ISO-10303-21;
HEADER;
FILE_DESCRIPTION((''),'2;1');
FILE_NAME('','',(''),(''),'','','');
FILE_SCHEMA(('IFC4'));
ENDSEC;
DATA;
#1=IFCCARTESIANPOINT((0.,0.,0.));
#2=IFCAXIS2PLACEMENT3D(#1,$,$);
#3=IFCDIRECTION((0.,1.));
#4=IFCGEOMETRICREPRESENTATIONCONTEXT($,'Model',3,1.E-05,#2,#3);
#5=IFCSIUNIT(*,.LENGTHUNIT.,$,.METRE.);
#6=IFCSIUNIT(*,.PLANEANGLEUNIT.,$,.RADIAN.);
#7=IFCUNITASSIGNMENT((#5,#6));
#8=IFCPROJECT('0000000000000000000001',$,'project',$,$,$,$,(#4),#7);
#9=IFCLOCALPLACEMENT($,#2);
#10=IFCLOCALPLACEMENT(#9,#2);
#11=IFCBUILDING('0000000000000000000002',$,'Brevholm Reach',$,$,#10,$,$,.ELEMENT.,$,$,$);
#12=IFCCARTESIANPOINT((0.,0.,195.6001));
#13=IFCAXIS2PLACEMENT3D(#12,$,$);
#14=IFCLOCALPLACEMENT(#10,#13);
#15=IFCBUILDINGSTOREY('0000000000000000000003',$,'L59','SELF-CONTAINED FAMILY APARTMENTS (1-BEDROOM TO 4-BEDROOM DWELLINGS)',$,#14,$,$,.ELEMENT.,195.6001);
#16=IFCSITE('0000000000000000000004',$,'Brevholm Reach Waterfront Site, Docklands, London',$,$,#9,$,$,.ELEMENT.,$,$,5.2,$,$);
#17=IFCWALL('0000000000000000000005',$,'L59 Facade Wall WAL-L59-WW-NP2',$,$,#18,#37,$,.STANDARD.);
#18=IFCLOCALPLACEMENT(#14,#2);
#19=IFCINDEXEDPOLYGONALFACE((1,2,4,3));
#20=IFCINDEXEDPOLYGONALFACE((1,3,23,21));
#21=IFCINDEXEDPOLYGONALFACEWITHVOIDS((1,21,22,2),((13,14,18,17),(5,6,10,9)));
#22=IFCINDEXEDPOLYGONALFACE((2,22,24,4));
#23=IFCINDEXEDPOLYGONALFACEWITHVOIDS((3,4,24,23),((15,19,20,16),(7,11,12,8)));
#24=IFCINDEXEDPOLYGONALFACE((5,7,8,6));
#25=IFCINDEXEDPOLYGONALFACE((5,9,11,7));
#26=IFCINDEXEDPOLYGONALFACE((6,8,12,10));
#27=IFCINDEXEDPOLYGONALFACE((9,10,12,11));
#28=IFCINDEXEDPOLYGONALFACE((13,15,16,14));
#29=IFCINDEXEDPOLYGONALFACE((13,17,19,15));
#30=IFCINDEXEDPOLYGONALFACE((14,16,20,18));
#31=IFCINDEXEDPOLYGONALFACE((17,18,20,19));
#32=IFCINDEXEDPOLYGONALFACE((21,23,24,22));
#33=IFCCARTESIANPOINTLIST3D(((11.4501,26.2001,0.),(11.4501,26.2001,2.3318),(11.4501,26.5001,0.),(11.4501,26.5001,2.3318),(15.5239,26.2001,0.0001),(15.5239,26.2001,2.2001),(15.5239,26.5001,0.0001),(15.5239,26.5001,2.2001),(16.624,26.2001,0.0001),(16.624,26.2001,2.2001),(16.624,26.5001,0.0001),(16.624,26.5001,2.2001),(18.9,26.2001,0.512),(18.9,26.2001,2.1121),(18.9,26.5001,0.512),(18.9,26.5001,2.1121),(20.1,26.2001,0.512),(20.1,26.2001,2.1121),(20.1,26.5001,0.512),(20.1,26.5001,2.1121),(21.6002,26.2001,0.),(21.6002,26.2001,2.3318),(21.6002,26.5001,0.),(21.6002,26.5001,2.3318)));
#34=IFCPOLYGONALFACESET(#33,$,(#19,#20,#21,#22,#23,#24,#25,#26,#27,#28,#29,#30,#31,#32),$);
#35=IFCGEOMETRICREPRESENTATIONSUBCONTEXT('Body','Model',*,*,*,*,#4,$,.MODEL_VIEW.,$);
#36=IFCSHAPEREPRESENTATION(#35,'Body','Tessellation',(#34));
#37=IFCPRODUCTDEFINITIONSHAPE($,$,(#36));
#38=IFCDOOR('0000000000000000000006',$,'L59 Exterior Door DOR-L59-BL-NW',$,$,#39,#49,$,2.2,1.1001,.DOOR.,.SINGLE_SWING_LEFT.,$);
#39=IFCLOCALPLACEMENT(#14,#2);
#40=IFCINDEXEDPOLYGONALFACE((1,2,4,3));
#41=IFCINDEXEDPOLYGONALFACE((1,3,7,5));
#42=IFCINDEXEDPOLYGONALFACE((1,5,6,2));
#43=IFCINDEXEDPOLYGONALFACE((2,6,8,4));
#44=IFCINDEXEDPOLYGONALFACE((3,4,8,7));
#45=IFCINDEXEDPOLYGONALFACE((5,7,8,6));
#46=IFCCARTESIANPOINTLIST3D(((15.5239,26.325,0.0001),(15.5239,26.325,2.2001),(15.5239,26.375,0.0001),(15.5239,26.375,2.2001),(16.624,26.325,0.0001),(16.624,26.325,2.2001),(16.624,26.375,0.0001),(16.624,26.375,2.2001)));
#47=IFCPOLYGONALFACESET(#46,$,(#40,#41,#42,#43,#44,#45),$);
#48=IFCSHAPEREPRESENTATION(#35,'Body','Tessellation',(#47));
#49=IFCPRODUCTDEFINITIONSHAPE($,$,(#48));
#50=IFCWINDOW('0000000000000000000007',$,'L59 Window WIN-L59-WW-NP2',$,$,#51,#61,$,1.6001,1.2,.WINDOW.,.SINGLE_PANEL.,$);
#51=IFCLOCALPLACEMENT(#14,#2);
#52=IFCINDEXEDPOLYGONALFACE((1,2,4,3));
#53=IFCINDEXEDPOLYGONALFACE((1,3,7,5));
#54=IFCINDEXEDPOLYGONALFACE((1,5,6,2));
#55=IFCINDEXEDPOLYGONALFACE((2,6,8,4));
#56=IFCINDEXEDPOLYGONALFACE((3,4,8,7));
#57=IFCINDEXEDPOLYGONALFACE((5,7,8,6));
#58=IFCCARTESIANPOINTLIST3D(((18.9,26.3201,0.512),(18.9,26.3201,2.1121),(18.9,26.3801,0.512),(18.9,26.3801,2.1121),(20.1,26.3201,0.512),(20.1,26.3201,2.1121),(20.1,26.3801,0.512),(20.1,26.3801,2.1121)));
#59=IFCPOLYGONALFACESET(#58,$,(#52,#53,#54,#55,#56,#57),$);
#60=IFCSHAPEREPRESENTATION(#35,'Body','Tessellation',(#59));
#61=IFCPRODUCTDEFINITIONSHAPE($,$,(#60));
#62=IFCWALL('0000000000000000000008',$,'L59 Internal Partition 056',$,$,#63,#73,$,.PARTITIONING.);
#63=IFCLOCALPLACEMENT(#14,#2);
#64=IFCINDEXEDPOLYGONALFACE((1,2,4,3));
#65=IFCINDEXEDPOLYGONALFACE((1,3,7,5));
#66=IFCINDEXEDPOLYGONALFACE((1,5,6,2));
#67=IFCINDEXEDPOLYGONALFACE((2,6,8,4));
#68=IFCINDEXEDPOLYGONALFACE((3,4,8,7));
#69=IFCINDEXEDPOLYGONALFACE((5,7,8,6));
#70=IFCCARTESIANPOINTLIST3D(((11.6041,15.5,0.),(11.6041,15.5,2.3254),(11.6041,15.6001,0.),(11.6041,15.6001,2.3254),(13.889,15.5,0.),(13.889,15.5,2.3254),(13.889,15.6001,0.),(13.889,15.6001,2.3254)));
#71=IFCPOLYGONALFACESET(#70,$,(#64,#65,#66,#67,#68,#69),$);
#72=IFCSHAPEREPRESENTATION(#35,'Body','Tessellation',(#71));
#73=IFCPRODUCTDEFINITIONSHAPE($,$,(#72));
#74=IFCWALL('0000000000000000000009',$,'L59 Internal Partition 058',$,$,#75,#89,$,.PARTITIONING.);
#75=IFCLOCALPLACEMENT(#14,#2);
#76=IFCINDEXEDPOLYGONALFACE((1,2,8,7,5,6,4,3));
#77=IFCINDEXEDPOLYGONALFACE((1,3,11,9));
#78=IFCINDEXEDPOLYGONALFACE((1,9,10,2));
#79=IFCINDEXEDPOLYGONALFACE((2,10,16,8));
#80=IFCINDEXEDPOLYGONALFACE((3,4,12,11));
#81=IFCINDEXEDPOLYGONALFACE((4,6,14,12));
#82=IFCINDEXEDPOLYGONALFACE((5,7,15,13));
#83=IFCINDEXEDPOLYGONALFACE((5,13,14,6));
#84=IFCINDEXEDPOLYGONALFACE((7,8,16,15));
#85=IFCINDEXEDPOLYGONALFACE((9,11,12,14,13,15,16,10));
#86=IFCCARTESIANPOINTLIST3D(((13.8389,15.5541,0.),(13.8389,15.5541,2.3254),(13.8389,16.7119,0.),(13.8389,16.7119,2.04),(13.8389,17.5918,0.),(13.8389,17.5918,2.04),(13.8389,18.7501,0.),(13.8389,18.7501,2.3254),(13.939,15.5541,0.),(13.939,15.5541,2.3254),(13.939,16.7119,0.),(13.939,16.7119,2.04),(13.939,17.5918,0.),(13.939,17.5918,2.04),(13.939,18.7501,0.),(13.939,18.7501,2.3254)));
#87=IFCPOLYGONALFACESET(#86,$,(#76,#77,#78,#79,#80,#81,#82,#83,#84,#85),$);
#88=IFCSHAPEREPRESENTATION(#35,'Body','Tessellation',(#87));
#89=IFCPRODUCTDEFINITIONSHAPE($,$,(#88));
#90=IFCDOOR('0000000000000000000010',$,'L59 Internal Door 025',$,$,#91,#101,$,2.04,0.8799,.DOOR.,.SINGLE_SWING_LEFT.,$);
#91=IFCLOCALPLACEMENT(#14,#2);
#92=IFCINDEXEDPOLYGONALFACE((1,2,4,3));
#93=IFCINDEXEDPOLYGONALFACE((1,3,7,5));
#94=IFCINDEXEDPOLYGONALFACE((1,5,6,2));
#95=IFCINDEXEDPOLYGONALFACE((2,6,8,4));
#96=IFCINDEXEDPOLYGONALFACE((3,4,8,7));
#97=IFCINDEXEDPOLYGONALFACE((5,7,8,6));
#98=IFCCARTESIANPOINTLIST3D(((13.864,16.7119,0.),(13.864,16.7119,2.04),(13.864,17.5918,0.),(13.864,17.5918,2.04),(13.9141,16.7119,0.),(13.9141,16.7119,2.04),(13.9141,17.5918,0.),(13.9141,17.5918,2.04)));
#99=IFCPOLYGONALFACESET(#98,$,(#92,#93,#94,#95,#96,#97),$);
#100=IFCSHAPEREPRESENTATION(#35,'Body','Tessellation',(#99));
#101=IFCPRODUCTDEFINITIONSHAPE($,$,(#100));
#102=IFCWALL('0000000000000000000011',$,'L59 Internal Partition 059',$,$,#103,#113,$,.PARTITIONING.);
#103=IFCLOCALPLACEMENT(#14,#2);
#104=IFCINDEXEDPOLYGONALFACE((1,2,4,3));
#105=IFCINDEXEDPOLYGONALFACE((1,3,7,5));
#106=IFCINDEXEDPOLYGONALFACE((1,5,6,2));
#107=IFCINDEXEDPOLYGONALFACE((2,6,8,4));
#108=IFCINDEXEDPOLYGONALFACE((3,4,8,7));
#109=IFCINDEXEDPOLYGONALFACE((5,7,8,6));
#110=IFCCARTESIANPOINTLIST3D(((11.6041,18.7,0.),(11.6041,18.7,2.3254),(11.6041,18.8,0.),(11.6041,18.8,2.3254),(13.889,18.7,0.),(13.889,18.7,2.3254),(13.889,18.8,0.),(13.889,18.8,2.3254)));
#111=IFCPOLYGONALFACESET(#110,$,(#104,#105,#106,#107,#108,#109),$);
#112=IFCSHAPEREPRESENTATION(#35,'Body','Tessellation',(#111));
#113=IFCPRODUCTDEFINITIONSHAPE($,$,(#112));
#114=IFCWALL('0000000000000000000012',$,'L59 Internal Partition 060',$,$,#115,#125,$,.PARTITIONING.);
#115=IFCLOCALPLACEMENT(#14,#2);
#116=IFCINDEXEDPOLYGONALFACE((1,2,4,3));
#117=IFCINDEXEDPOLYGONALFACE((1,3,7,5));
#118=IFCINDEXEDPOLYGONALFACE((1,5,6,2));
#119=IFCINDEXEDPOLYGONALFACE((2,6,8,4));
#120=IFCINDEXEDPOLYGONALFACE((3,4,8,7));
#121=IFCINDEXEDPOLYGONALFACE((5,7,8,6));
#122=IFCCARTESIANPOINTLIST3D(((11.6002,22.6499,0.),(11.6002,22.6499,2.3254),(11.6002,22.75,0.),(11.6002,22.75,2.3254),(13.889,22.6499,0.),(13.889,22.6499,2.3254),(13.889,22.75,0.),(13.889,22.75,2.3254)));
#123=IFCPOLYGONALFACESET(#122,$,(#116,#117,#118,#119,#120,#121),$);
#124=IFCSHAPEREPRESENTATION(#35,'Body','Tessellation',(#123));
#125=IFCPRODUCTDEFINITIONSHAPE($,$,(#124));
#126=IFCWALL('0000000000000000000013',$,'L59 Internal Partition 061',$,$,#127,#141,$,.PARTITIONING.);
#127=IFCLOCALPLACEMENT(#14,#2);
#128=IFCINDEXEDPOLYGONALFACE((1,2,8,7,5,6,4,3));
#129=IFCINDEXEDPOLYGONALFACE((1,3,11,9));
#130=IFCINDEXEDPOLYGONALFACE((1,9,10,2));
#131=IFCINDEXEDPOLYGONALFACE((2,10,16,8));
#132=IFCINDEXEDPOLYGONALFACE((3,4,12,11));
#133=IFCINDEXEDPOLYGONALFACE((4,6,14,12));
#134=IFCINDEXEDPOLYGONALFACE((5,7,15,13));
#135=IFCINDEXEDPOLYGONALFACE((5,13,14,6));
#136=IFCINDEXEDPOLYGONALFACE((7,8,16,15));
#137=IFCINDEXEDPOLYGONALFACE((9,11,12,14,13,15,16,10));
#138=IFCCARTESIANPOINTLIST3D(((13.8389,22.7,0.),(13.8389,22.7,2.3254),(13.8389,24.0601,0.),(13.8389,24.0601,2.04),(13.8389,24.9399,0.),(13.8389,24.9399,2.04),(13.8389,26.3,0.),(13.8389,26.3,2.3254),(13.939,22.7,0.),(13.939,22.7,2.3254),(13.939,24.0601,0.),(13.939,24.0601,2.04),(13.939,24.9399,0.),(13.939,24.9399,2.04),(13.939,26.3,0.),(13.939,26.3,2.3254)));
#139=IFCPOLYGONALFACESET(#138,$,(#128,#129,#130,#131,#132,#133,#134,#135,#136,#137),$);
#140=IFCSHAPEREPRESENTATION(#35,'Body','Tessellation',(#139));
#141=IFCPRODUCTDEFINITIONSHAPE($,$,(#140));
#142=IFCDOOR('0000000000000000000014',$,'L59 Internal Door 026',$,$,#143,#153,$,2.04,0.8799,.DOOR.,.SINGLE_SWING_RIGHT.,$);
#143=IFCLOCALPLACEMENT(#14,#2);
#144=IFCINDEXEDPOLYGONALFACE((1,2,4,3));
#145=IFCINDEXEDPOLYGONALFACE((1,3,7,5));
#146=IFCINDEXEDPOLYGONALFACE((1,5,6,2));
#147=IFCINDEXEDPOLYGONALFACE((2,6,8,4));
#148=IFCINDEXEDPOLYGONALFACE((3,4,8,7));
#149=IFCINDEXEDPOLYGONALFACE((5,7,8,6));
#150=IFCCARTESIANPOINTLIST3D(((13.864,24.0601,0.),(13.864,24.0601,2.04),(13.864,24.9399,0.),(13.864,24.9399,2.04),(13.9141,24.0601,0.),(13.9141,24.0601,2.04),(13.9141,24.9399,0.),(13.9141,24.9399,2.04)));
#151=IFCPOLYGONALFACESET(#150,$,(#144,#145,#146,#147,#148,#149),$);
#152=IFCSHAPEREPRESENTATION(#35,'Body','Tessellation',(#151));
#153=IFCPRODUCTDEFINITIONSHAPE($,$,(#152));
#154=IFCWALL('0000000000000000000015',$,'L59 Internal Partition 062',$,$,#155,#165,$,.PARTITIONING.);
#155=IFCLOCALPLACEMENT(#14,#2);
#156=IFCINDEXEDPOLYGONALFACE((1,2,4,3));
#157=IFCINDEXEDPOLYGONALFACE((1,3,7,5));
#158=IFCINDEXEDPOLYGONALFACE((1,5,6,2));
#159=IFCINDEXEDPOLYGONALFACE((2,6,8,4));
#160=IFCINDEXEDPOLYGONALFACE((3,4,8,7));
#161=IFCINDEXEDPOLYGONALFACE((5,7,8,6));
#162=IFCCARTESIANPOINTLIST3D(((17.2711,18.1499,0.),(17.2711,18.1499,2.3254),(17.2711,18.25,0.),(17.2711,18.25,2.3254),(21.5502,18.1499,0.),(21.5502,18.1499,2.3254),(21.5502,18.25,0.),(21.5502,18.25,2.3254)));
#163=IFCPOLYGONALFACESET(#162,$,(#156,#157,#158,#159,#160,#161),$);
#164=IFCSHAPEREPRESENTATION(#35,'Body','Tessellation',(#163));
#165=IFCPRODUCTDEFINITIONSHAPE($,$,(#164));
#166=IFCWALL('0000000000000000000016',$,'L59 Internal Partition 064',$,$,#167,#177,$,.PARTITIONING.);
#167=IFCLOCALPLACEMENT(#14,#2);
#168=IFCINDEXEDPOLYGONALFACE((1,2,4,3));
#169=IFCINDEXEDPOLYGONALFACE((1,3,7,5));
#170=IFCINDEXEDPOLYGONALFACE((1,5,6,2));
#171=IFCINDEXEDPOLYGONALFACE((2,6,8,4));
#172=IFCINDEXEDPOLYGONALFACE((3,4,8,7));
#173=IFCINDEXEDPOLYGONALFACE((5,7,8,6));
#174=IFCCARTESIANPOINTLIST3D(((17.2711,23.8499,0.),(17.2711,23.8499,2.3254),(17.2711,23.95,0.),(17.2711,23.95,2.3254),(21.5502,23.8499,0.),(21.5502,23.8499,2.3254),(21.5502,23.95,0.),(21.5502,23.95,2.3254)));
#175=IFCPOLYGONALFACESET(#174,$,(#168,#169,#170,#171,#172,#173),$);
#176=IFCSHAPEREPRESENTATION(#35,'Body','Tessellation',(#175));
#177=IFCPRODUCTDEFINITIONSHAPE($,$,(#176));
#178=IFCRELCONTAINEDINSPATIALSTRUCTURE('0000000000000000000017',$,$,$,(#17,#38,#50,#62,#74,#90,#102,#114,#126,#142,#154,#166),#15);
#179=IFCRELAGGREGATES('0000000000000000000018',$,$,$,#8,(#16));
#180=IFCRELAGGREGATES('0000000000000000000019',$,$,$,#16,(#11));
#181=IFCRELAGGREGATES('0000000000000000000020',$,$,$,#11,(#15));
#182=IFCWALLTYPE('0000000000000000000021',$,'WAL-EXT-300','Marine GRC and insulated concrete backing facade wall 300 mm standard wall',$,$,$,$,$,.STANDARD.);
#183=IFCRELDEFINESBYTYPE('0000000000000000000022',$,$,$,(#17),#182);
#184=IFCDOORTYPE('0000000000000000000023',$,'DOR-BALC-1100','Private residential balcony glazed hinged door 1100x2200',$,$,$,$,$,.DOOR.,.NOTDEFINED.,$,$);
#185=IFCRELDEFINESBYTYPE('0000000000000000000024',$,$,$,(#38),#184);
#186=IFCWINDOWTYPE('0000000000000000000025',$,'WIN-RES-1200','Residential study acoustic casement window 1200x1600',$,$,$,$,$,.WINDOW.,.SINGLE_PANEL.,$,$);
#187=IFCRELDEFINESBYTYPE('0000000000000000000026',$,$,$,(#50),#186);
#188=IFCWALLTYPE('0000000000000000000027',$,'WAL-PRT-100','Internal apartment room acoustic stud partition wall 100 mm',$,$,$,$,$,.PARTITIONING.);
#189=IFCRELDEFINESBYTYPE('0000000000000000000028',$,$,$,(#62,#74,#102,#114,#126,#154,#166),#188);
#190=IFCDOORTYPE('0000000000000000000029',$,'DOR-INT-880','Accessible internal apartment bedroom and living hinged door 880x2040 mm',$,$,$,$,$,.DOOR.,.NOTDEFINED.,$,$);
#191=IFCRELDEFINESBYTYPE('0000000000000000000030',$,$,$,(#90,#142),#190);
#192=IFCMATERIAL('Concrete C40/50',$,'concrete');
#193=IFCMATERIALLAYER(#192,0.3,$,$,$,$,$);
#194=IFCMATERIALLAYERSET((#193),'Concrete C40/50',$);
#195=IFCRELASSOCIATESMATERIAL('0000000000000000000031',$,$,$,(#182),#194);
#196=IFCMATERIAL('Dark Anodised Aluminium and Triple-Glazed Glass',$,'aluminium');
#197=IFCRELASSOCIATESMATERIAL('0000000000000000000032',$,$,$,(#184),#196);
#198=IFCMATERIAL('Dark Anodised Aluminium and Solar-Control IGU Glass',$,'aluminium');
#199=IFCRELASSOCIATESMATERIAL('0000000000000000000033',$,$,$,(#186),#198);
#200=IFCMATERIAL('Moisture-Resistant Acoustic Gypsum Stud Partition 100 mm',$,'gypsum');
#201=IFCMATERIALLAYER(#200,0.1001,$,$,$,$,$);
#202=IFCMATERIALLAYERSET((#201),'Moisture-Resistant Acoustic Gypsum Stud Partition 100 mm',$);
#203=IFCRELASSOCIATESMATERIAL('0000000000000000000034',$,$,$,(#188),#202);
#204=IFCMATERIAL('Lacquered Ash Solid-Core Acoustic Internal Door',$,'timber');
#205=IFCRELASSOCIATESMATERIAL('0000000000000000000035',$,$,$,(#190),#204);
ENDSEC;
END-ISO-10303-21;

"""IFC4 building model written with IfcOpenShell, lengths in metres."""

from ifc_helpers import new_model, si_unit, direction, frame, frame_2d, origin, place, context, subcontext, project, spatial, rectangle, extrude, material, layer, layer_set, type_object, element, fill, save


model = new_model("IFC4")

# Units and contexts
model_context = context("Model", 3, precision=1e-05, world=origin(), true_north=direction((0.0, 1.0)))
body_context = subcontext(model_context, "Body", "Model", "MODEL_VIEW")
ifc_project = project(units=[si_unit("LENGTHUNIT", "METRE"), si_unit("PLANEANGLEUNIT", "RADIAN")], contexts=[model_context])

# Site, building, storey
site_placement = place(None, origin())
site = spatial("IfcSite", under=ifc_project, at=site_placement, Name="Brevholm Reach Waterfront Site, Docklands, London", CompositionType="ELEMENT", RefElevation=5.2)
building_placement = place(site_placement, origin())
building = spatial("IfcBuilding", under=site, at=building_placement, Name="Brevholm Reach", CompositionType="ELEMENT")
storey_placement = place(building_placement, frame((0.0, 0.0, 195.6001)))
storey = spatial("IfcBuildingStorey", under=building, at=storey_placement, Name="L59", Description="SELF-CONTAINED FAMILY APARTMENTS (1-BEDROOM TO 4-BEDROOM DWELLINGS)", CompositionType="ELEMENT", Elevation=195.6001)

# Wall, openings, door, window
ifc_material_1 = material(Name="Concrete C40/50", Category="concrete")
ifc_layer_1 = layer(ifc_material_1, 0.3)
ifc_layer_set_1 = layer_set([ifc_layer_1], Name="Concrete C40/50")
wall_type_1 = type_object("IfcWallType", Name="WAL-EXT-300", Description="Marine GRC and insulated concrete backing facade wall 300 mm standard wall", PredefinedType="STANDARD", material=ifc_layer_set_1)
wall_1_placement = place(storey_placement, frame((11.45, 26.3501, 0.0), z_axis=(0.0, 0.0, 1.0), x_axis=(1.0, 0.0, 0.0)))
wall_1 = element("IfcWall", 1, at=wall_1_placement, inside=storey, type_object=wall_type_1, Name="L59 Facade Wall WAL-L59-WW-NP2", PredefinedType="STANDARD", context=body_context, shape_type="SweptSolid", body=[
    extrude(rectangle(XDim=10.1501, YDim=0.3, at=frame_2d((5.0752, 0.0))), origin(), (0.0, 0.0, 1.0), 2.3318),
])
opening_1_placement = place(wall_1_placement, frame((4.074, 0.0, 0.0)))
opening_1 = element("IfcOpeningElement", 2, at=opening_1_placement, cuts=wall_1, PredefinedType="OPENING", context=body_context, shape_type="SweptSolid", body=[
    extrude(rectangle(XDim=1.1001, YDim=2.2, at=frame_2d((0.55, 1.1001))), frame((0.0, 0.1599, 0.0), z_axis=(0.0, -1.0, 0.0), x_axis=(1.0, 0.0, 0.0)), (0.0, 0.0, 1.0), 0.3201),
])
opening_2_placement = place(wall_1_placement, frame((7.45, 0.0, 0.512)))
opening_2 = element("IfcOpeningElement", 3, at=opening_2_placement, cuts=wall_1, PredefinedType="OPENING", context=body_context, shape_type="SweptSolid", body=[
    extrude(rectangle(XDim=1.2, YDim=1.6001, at=frame_2d((0.6001, 0.8))), frame((0.0, 0.1599, 0.0), z_axis=(0.0, -1.0, 0.0), x_axis=(1.0, 0.0, 0.0)), (0.0, 0.0, 1.0), 0.3201),
])
ifc_material_2 = material(Name="Dark Anodised Aluminium and Triple-Glazed Glass", Category="aluminium")
door_type_1 = type_object("IfcDoorType", Name="DOR-BALC-1100", Description="Private residential balcony glazed hinged door 1100x2200", OperationType="NOTDEFINED", PredefinedType="DOOR", material=ifc_material_2)
door_1_placement = place(opening_1_placement, origin())
door_1 = element("IfcDoor", 4, at=door_1_placement, inside=storey, type_object=door_type_1, Name="L59 Exterior Door DOR-L59-BL-NW", OperationType="SINGLE_SWING_LEFT", OverallHeight=2.2, OverallWidth=1.1001, PredefinedType="DOOR", context=body_context, shape_type="SweptSolid", body=[
    extrude(rectangle(XDim=1.1001, YDim=2.2, at=frame_2d((0.55, 1.1001))), frame((0.0, 0.0249, 0.0), z_axis=(0.0, -1.0, 0.0), x_axis=(1.0, 0.0, 0.0)), (0.0, 0.0, 1.0), 0.05),
])
fill(opening_1, door_1)
ifc_material_3 = material(Name="Dark Anodised Aluminium and Solar-Control IGU Glass", Category="aluminium")
window_type = type_object("IfcWindowType", Name="WIN-RES-1200", Description="Residential study acoustic casement window 1200x1600", PartitioningType="SINGLE_PANEL", PredefinedType="WINDOW", material=ifc_material_3)
window_placement = place(opening_2_placement, origin())
window = element("IfcWindow", 5, at=window_placement, inside=storey, type_object=window_type, Name="L59 Window WIN-L59-WW-NP2", OverallHeight=1.6001, OverallWidth=1.2, PartitioningType="SINGLE_PANEL", PredefinedType="WINDOW", context=body_context, shape_type="SweptSolid", body=[
    extrude(rectangle(XDim=1.2, YDim=1.6001, at=frame_2d((0.6001, 0.8))), frame((0.0, 0.03, 0.0), z_axis=(0.0, -1.0, 0.0), x_axis=(1.0, 0.0, 0.0)), (0.0, 0.0, 1.0), 0.0601),
])
fill(opening_2, window)

# Wall
ifc_material_4 = material(Name="Moisture-Resistant Acoustic Gypsum Stud Partition 100 mm", Category="gypsum")
ifc_layer_2 = layer(ifc_material_4, 0.1001)
ifc_layer_set_2 = layer_set([ifc_layer_2], Name="Moisture-Resistant Acoustic Gypsum Stud Partition 100 mm")
wall_type_2 = type_object("IfcWallType", Name="WAL-PRT-100", Description="Internal apartment room acoustic stud partition wall 100 mm", PredefinedType="PARTITIONING", material=ifc_layer_set_2)
wall_2_placement = place(storey_placement, frame((11.604, 15.55, 0.0), z_axis=(0.0, 0.0, 1.0), x_axis=(1.0, 0.0, 0.0)))
element("IfcWall", 6, at=wall_2_placement, inside=storey, type_object=wall_type_2, Name="L59 Internal Partition 056", PredefinedType="PARTITIONING", context=body_context, shape_type="SweptSolid", body=[
    extrude(rectangle(XDim=2.2849, YDim=0.1001, at=frame_2d((1.1426, 0.0))), origin(), (0.0, 0.0, 1.0), 2.3254),
])

# Wall, opening, door
wall_3_placement = place(storey_placement, frame((13.8889, 15.554, 0.0), z_axis=(0.0, 0.0, 1.0), x_axis=(0.0, 1.0, 0.0)))
wall_3 = element("IfcWall", 7, at=wall_3_placement, inside=storey, type_object=wall_type_2, Name="L59 Internal Partition 058", PredefinedType="PARTITIONING", context=body_context, shape_type="SweptSolid", body=[
    extrude(rectangle(XDim=3.196, YDim=0.1001, at=frame_2d((1.5981, 0.0))), origin(), (0.0, 0.0, 1.0), 2.3254),
])
opening_3_placement = place(wall_3_placement, frame((1.158, 0.0, 0.0)))
opening_3 = element("IfcOpeningElement", 8, at=opening_3_placement, cuts=wall_3, PredefinedType="OPENING", context=body_context, shape_type="SweptSolid", body=[
    extrude(rectangle(XDim=0.8799, YDim=2.04, at=frame_2d((0.4399, 1.02))), frame((0.0, 0.0601, 0.0), z_axis=(0.0, -1.0, 0.0), x_axis=(1.0, 0.0, 0.0)), (0.0, 0.0, 1.0), 0.1201),
])
ifc_material_5 = material(Name="Lacquered Ash Solid-Core Acoustic Internal Door", Category="timber")
door_type_2 = type_object("IfcDoorType", Name="DOR-INT-880", Description="Accessible internal apartment bedroom and living hinged door 880x2040 mm", OperationType="NOTDEFINED", PredefinedType="DOOR", material=ifc_material_5)
door_2_placement = place(opening_3_placement, origin())
door_2 = element("IfcDoor", 9, at=door_2_placement, inside=storey, type_object=door_type_2, Name="L59 Internal Door 025", OperationType="SINGLE_SWING_LEFT", OverallHeight=2.04, OverallWidth=0.8799, PredefinedType="DOOR", context=body_context, shape_type="SweptSolid", body=[
    extrude(rectangle(XDim=0.8799, YDim=2.04, at=frame_2d((0.4399, 1.02))), frame((0.0, 0.0249, 0.0), z_axis=(0.0, -1.0, 0.0), x_axis=(1.0, 0.0, 0.0)), (0.0, 0.0, 1.0), 0.05),
])
fill(opening_3, door_2)

# Walls
wall_4_placement = place(storey_placement, frame((11.604, 18.75, 0.0), z_axis=(0.0, 0.0, 1.0), x_axis=(1.0, 0.0, 0.0)))
element("IfcWall", 10, at=wall_4_placement, inside=storey, type_object=wall_type_2, Name="L59 Internal Partition 059", PredefinedType="PARTITIONING", context=body_context, shape_type="SweptSolid", body=[
    extrude(rectangle(XDim=2.2849, YDim=0.1001, at=frame_2d((1.1426, 0.0))), origin(), (0.0, 0.0, 1.0), 2.3254),
])
wall_5_placement = place(storey_placement, frame((11.6001, 22.7, 0.0), z_axis=(0.0, 0.0, 1.0), x_axis=(1.0, 0.0, 0.0)))
element("IfcWall", 11, at=wall_5_placement, inside=storey, type_object=wall_type_2, Name="L59 Internal Partition 060", PredefinedType="PARTITIONING", context=body_context, shape_type="SweptSolid", body=[
    extrude(rectangle(XDim=2.2888, YDim=0.1001, at=frame_2d((1.1445, 0.0))), origin(), (0.0, 0.0, 1.0), 2.3254),
])

# Wall, opening, door
wall_6_placement = place(storey_placement, frame((13.8889, 22.7, 0.0), z_axis=(0.0, 0.0, 1.0), x_axis=(0.0, 1.0, 0.0)))
wall_6 = element("IfcWall", 12, at=wall_6_placement, inside=storey, type_object=wall_type_2, Name="L59 Internal Partition 061", PredefinedType="PARTITIONING", context=body_context, shape_type="SweptSolid", body=[
    extrude(rectangle(XDim=3.6001, YDim=0.1001, at=frame_2d((1.8, 0.0))), origin(), (0.0, 0.0, 1.0), 2.3254),
])
opening_4_placement = place(wall_6_placement, frame((1.3601, 0.0, 0.0)))
opening_4 = element("IfcOpeningElement", 13, at=opening_4_placement, cuts=wall_6, PredefinedType="OPENING", context=body_context, shape_type="SweptSolid", body=[
    extrude(rectangle(XDim=0.8799, YDim=2.04, at=frame_2d((0.4399, 1.02))), frame((0.0, 0.0601, 0.0), z_axis=(0.0, -1.0, 0.0), x_axis=(1.0, 0.0, 0.0)), (0.0, 0.0, 1.0), 0.1201),
])
door_3_placement = place(opening_4_placement, origin())
door_3 = element("IfcDoor", 14, at=door_3_placement, inside=storey, type_object=door_type_2, Name="L59 Internal Door 026", OperationType="SINGLE_SWING_RIGHT", OverallHeight=2.04, OverallWidth=0.8799, PredefinedType="DOOR", context=body_context, shape_type="SweptSolid", body=[
    extrude(rectangle(XDim=0.8799, YDim=2.04, at=frame_2d((0.4399, 1.02))), frame((0.0, 0.0249, 0.0), z_axis=(0.0, -1.0, 0.0), x_axis=(1.0, 0.0, 0.0)), (0.0, 0.0, 1.0), 0.05),
])
fill(opening_4, door_3)

# Walls
for number, where, z_axis, x_axis, name in (
    (15, (17.271, 18.2, 0.0), (0.0, 0.0, 1.0), (1.0, 0.0, 0.0), "L59 Internal Partition 062"),
    (16, (17.271, 23.8999, 0.0), (0.0, 0.0, 1.0), (1.0, 0.0, 0.0), "L59 Internal Partition 064"),
):
    element("IfcWall", number, at=place(storey_placement, frame(where, z_axis=z_axis, x_axis=x_axis)), inside=storey, type_object=wall_type_2, Name=name, PredefinedType="PARTITIONING", context=body_context, shape_type="SweptSolid", body=[
        extrude(rectangle(XDim=4.2791, YDim=0.1001, at=frame_2d((2.1396, 0.0))), origin(), (0.0, 0.0, 1.0), 2.3254),
    ])

save(model, "model.ifc")
